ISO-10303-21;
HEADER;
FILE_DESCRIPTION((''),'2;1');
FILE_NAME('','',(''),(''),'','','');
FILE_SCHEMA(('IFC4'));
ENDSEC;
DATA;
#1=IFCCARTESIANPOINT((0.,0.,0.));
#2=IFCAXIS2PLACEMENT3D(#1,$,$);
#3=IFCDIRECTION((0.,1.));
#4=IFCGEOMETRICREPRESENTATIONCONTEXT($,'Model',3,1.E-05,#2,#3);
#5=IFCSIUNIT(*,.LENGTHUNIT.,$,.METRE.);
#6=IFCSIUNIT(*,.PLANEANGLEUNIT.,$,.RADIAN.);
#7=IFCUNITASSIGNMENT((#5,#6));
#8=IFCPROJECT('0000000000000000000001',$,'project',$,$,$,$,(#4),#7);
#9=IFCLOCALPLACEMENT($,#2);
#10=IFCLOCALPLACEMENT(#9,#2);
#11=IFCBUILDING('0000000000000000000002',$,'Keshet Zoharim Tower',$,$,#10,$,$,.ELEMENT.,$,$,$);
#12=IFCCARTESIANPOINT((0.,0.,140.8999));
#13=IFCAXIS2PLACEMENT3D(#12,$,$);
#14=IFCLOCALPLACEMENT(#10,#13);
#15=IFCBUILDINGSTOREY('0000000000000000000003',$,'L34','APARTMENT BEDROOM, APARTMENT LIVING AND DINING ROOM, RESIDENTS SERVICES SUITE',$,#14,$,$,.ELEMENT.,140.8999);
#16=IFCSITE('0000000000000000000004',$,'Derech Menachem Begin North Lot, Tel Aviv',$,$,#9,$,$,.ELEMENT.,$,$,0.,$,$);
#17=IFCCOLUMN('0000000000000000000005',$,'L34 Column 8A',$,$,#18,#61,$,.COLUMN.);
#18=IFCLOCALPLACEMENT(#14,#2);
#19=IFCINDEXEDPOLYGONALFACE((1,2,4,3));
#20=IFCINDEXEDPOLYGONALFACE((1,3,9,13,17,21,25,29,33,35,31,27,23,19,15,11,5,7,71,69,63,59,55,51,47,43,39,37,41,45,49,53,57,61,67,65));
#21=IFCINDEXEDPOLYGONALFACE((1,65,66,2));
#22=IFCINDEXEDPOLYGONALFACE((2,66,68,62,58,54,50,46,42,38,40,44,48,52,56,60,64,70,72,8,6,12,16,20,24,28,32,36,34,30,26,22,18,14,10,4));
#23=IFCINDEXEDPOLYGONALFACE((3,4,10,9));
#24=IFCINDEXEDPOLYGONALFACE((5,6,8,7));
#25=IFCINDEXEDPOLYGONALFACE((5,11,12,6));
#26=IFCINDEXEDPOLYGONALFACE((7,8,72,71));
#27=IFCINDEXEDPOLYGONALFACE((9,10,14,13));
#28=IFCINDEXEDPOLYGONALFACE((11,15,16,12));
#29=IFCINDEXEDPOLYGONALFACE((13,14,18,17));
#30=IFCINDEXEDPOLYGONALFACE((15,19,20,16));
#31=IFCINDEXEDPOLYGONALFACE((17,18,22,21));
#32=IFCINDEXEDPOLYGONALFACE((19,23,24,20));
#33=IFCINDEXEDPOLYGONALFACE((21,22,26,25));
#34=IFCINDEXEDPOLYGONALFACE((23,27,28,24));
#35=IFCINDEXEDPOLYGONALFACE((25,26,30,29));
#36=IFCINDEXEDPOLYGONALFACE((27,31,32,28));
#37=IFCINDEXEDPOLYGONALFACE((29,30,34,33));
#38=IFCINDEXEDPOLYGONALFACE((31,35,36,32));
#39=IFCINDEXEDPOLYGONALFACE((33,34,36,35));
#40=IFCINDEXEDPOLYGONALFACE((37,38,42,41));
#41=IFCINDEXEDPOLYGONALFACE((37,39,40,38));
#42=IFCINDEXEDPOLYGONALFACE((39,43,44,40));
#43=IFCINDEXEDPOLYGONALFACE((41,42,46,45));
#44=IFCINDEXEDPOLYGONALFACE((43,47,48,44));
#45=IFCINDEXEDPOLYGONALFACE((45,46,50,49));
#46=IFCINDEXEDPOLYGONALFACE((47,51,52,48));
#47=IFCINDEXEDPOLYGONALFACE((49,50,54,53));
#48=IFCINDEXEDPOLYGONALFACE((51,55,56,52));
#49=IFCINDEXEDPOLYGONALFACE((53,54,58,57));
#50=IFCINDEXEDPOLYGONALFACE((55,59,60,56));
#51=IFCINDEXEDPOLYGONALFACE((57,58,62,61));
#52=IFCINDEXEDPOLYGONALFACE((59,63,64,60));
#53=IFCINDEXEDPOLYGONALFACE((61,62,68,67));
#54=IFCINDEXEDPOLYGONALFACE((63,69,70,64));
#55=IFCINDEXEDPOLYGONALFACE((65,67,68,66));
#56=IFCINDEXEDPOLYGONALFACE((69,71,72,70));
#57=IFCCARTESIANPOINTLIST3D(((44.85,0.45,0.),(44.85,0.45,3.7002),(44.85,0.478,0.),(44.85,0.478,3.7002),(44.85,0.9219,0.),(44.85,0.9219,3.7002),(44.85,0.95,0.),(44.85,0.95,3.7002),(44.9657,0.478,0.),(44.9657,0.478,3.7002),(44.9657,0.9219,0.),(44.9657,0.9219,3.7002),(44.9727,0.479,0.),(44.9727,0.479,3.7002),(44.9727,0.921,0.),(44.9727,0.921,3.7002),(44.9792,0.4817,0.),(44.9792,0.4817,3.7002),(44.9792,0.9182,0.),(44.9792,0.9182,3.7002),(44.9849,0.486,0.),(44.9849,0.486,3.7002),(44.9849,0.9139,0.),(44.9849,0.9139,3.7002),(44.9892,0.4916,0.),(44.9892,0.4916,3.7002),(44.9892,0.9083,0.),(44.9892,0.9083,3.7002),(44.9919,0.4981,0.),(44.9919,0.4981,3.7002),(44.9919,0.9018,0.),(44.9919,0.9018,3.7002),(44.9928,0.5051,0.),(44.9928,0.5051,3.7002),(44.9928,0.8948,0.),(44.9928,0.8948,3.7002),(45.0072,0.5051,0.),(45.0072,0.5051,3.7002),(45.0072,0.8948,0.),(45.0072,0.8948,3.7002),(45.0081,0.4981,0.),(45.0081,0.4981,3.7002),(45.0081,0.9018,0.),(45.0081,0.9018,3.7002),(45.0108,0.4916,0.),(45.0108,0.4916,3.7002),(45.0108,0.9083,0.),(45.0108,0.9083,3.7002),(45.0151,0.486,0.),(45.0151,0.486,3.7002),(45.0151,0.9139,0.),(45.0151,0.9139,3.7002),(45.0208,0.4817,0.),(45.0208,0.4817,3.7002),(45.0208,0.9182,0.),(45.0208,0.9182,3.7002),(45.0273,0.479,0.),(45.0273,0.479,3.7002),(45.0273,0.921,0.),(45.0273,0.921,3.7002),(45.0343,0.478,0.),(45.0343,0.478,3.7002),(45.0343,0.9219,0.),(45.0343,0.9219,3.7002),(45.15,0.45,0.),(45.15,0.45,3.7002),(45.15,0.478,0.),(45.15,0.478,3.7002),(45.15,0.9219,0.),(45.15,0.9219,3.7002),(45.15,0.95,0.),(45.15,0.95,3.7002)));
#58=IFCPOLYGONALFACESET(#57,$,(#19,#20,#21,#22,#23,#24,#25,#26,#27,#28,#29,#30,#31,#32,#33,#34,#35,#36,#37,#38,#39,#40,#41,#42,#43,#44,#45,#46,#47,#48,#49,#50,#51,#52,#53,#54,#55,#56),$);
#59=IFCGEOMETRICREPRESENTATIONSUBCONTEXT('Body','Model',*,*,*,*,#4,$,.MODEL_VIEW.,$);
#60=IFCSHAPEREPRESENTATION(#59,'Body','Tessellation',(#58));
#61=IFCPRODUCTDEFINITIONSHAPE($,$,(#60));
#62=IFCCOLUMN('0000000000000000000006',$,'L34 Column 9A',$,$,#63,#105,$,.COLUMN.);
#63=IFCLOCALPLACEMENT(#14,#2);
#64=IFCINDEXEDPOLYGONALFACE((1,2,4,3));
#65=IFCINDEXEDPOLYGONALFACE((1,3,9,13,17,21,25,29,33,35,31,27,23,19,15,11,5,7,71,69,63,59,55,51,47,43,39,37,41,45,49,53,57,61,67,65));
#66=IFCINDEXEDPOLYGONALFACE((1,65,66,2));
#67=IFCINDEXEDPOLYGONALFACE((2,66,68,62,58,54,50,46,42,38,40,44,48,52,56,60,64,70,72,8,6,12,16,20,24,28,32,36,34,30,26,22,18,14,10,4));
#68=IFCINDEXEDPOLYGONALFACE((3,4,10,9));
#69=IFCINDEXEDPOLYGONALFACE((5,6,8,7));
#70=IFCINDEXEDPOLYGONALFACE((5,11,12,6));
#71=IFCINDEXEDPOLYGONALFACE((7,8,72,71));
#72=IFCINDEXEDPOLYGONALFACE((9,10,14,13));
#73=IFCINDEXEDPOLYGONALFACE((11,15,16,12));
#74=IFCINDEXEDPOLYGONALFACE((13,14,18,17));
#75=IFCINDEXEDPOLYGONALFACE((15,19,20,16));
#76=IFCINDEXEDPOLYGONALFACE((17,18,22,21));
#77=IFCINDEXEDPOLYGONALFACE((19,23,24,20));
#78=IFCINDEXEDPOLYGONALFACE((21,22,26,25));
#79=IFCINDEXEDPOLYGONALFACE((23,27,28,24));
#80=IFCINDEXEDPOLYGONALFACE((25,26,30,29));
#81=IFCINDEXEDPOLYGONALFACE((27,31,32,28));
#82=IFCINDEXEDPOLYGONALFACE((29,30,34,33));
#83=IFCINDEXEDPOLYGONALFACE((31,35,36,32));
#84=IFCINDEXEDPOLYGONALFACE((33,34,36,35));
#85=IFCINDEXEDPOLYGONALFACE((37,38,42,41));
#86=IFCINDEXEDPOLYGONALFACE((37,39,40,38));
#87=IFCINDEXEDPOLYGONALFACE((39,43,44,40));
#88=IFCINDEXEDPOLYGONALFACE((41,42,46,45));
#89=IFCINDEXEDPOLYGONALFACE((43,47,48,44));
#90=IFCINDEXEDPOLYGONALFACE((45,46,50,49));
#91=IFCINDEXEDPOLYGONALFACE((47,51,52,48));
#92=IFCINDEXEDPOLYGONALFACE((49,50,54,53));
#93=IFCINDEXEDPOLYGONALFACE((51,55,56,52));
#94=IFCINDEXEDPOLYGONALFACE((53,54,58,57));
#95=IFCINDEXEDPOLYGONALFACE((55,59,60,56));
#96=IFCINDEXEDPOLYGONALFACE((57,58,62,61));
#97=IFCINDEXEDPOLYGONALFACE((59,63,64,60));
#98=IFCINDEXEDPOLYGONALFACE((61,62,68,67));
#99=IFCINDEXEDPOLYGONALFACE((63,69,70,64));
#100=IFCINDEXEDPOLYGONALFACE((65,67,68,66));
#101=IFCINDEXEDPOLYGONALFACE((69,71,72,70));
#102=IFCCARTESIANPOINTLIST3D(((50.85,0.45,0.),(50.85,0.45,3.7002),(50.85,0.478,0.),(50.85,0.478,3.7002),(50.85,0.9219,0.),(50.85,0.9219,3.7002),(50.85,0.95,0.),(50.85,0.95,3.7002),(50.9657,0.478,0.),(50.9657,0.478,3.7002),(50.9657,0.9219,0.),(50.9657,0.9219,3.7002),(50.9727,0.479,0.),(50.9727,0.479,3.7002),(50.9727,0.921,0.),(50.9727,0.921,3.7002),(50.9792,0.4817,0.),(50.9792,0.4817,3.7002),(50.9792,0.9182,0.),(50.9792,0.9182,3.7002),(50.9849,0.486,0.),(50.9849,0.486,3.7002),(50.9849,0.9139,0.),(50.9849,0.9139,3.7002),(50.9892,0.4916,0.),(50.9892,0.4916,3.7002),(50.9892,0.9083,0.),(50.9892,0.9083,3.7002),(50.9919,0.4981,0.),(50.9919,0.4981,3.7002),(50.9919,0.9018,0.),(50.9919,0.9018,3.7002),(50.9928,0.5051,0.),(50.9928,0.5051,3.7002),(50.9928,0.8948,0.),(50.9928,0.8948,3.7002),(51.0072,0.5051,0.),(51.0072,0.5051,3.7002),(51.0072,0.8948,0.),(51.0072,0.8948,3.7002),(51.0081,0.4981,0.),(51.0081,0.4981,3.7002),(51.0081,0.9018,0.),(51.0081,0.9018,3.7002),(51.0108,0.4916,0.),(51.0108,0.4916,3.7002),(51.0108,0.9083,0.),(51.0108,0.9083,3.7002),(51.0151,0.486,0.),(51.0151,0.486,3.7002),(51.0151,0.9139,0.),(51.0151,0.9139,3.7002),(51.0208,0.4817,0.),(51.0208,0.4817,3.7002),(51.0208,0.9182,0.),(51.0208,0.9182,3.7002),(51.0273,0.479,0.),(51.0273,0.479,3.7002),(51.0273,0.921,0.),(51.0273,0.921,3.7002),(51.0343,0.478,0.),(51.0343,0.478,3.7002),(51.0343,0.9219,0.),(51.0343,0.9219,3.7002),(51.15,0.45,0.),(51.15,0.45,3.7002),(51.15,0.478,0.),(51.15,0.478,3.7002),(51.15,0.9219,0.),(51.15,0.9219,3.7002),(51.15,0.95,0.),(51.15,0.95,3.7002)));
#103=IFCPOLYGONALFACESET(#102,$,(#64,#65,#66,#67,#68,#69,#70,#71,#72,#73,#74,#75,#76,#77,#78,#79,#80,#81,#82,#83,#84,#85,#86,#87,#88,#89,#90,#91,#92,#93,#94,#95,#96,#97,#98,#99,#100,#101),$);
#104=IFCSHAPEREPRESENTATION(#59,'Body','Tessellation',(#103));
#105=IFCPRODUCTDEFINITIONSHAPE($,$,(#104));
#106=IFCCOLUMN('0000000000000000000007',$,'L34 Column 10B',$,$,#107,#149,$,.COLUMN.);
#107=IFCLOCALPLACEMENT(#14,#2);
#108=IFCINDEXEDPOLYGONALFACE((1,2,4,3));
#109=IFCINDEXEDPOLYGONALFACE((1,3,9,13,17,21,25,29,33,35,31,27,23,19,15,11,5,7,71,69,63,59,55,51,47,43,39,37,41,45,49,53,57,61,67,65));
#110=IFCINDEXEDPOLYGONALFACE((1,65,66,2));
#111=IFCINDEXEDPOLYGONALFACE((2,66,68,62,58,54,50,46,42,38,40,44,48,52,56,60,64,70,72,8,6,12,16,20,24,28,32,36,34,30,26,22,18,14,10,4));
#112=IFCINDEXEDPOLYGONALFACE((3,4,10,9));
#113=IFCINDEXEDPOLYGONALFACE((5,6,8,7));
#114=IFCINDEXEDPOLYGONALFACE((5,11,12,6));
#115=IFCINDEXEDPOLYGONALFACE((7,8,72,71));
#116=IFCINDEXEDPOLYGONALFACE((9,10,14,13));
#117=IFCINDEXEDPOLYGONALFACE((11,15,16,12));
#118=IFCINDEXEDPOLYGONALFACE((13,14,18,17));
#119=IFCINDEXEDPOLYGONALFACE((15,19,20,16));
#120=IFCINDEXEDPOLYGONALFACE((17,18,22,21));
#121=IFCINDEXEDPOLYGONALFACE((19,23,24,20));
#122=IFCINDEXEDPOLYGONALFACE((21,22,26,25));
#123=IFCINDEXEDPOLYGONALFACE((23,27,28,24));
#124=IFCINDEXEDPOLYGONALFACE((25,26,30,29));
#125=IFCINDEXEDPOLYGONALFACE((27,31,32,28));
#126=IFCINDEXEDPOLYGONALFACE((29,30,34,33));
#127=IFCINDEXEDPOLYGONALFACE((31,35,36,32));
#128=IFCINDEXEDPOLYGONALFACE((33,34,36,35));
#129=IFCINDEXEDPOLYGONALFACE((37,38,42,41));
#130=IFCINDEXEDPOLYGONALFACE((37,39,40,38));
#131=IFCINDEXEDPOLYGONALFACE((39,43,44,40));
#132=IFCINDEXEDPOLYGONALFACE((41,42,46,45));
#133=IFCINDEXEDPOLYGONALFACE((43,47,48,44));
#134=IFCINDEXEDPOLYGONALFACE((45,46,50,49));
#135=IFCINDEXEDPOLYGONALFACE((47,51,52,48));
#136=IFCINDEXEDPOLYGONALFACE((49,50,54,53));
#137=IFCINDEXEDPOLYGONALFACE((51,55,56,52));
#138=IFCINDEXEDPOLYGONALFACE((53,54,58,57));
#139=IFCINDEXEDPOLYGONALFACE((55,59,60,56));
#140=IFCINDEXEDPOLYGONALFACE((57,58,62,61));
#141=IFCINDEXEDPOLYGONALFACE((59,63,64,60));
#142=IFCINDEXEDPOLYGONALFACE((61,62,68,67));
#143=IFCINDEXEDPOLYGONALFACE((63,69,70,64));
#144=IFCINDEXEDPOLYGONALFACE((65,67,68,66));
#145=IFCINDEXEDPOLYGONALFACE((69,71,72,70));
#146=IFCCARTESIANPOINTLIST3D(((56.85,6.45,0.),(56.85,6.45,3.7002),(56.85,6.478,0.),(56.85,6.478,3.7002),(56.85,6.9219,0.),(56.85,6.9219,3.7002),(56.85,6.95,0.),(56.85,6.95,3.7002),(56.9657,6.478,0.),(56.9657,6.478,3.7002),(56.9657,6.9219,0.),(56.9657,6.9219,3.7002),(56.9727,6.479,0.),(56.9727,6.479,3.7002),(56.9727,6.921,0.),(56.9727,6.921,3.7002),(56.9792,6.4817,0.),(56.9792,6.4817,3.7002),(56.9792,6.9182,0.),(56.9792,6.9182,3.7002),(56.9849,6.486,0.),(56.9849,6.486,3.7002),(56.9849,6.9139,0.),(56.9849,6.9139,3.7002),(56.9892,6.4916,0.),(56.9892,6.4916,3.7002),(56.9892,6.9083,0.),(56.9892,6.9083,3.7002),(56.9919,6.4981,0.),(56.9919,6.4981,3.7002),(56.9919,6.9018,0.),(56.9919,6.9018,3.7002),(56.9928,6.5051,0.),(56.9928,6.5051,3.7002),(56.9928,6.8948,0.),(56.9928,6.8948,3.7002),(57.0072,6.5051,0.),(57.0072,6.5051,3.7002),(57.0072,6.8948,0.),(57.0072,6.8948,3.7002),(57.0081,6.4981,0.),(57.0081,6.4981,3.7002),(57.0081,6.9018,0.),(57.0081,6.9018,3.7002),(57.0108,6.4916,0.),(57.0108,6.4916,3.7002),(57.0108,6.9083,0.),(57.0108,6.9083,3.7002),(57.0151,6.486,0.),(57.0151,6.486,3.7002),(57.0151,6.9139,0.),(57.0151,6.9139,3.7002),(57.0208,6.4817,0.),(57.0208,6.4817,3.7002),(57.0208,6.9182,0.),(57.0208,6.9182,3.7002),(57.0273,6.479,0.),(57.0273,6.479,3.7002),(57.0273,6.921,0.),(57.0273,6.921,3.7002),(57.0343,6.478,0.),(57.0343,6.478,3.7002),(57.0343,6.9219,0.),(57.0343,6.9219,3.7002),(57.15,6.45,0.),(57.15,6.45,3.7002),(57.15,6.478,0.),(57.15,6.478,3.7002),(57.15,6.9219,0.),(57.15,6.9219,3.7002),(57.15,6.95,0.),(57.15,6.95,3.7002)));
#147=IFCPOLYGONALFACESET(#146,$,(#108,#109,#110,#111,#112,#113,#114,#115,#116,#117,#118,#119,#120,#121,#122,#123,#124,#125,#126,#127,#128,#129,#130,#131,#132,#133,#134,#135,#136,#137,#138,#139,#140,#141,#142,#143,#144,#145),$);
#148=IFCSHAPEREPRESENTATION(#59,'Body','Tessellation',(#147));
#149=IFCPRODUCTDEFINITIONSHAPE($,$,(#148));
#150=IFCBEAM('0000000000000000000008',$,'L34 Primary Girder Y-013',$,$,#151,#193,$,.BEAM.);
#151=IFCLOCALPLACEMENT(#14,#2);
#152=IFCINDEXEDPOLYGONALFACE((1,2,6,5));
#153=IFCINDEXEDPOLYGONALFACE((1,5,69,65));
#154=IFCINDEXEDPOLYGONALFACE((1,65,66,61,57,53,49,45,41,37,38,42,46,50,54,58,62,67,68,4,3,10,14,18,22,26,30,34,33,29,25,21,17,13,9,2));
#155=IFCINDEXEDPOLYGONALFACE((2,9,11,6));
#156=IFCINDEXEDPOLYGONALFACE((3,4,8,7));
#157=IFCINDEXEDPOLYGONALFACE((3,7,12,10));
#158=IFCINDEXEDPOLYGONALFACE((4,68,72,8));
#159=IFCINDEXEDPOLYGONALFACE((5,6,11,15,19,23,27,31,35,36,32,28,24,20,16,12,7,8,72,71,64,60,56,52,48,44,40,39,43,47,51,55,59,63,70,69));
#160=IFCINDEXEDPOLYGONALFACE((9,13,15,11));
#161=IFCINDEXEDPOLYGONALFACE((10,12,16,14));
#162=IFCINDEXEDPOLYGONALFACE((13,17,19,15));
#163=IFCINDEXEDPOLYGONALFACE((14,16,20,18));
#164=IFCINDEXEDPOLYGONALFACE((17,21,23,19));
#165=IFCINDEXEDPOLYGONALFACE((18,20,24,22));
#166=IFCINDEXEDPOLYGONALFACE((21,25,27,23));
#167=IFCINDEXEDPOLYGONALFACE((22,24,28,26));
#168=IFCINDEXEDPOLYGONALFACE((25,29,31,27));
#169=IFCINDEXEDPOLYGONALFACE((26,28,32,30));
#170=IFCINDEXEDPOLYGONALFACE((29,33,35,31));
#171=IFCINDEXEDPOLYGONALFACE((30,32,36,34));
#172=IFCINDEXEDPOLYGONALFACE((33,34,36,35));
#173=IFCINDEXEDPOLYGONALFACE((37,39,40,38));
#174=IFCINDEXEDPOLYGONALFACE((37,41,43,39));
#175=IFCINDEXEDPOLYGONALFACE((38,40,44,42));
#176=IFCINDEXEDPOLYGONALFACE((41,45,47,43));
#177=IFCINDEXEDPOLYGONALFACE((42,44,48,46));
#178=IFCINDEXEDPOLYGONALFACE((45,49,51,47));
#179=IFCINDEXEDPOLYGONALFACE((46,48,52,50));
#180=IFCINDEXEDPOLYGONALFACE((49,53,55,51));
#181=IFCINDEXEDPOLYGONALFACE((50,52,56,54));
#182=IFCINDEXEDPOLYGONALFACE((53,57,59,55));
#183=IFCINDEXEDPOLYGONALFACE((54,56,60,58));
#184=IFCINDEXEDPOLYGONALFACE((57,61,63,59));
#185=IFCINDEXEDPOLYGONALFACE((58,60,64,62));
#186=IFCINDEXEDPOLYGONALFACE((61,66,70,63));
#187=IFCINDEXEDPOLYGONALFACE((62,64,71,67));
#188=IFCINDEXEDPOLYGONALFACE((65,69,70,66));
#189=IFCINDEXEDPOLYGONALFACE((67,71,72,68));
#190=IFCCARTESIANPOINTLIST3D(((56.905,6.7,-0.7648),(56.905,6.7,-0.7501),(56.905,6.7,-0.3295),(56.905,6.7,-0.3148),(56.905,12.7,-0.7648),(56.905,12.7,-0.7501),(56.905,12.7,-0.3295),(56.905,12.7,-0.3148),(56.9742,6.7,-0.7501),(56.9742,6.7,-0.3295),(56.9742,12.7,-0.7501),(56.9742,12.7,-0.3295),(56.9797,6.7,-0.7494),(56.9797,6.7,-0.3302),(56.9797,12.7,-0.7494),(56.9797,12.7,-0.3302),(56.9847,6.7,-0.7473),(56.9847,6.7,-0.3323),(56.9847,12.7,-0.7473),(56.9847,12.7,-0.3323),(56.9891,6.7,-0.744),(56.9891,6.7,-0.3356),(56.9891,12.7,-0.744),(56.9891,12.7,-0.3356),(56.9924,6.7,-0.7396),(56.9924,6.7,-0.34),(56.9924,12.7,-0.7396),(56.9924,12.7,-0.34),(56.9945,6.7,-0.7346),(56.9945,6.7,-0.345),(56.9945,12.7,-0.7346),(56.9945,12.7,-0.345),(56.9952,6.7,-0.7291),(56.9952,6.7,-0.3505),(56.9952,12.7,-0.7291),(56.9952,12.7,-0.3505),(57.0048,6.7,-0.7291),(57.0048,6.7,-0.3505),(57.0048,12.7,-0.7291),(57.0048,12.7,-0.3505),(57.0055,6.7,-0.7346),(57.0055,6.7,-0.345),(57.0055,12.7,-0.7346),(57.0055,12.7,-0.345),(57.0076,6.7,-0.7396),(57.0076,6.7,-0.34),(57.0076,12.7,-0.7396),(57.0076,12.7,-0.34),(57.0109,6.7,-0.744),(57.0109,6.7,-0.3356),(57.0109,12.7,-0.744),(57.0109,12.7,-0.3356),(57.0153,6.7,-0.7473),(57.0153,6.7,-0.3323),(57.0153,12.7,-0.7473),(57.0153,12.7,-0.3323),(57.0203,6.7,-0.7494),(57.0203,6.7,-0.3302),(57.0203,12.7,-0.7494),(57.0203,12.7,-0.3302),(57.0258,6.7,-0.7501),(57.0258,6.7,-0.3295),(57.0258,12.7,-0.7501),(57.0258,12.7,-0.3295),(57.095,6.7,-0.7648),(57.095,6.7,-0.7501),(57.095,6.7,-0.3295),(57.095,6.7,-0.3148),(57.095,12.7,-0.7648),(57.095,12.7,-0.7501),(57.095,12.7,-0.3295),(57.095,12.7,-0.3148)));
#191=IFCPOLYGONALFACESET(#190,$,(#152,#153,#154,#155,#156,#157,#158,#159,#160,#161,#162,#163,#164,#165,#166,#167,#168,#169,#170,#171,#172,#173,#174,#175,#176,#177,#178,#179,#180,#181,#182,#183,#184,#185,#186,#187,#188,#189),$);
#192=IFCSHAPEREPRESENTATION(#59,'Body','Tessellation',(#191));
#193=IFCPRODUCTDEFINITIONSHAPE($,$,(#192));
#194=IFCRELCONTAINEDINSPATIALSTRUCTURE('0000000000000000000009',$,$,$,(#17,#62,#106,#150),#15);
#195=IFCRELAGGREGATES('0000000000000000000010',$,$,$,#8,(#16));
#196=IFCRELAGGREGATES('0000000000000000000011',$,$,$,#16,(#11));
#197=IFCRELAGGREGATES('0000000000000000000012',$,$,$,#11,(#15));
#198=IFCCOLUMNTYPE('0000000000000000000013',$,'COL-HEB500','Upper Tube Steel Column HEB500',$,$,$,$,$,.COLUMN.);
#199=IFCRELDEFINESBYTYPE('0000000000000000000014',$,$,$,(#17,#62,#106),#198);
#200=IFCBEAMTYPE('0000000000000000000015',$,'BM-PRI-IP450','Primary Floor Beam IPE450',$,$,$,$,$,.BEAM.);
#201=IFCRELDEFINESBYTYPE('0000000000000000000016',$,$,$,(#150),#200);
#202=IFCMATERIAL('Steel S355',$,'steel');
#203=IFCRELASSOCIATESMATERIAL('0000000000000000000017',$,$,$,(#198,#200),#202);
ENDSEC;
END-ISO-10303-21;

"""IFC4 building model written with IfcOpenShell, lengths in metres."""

from ifc_helpers import new_model, si_unit, direction, frame, origin, origin_2d, place, context, subcontext, project, spatial, i_section, extrude, material, material_profile, profile_set, type_object, element, save


model = new_model("IFC4")

# Units and contexts
model_context = context("Model", 3, precision=1e-05, world=origin(), true_north=direction((0.0, 1.0)))
body_context = subcontext(model_context, "Body", "Model", "MODEL_VIEW")
ifc_project = project(units=[si_unit("LENGTHUNIT", "METRE"), si_unit("PLANEANGLEUNIT", "RADIAN")], contexts=[model_context])

# Site, building, storey
site_placement = place(None, origin())
site = spatial("IfcSite", under=ifc_project, at=site_placement, Name="Derech Menachem Begin North Lot, Tel Aviv", CompositionType="ELEMENT", RefElevation=0.0)
building_placement = place(site_placement, origin())
building = spatial("IfcBuilding", under=site, at=building_placement, Name="Keshet Zoharim Tower", CompositionType="ELEMENT")
storey_placement = place(building_placement, frame((0.0, 0.0, 140.8999)))
storey = spatial("IfcBuildingStorey", under=building, at=storey_placement, Name="L34", Description="APARTMENT BEDROOM, APARTMENT LIVING AND DINING ROOM, RESIDENTS SERVICES SUITE", CompositionType="ELEMENT", Elevation=140.8999)

# Columns
ifc_material_1 = material(Name="Steel S355", Category="steel")
ifc_material_profile_1 = material_profile(ifc_material_1, i_section(OverallWidth=0.3, OverallDepth=0.5, WebThickness=0.0144, FlangeThickness=0.0281, FilletRadius=0.0271, at=origin_2d()), Name="HEB500")
ifc_profile_set_1 = profile_set([ifc_material_profile_1], Name="Steel S355")
column_type = type_object("IfcColumnType", Name="COL-HEB500", Description="Upper Tube Steel Column HEB500", PredefinedType="COLUMN", material=ifc_profile_set_1)
for number, where, z_axis, x_axis, name in (
    (1, (45.0, 0.7, 0.0), (0.0, 0.0, 1.0), (1.0, 0.0, 0.0), "L34 Column 8A"),
    (2, (51.0, 0.7, 0.0), (0.0, 0.0, 1.0), (1.0, 0.0, 0.0), "L34 Column 9A"),
    (3, (57.0, 6.7, 0.0), (0.0, 0.0, 1.0), (1.0, 0.0, 0.0), "L34 Column 10B"),
):
    element("IfcColumn", number, at=place(storey_placement, frame(where, z_axis=z_axis, x_axis=x_axis)), inside=storey, type_object=column_type, Name=name, PredefinedType="COLUMN", context=body_context, shape_type="SweptSolid", body=[
        extrude(i_section(OverallWidth=0.3, OverallDepth=0.5, WebThickness=0.0144, FlangeThickness=0.0281, FilletRadius=0.0271, at=origin_2d()), origin(), (0.0, 0.0, 1.0), 3.7002),
    ])

# Beam
ifc_material_profile_2 = material_profile(ifc_material_1, i_section(OverallWidth=0.1899, OverallDepth=0.45, WebThickness=0.0095, FlangeThickness=0.0146, FilletRadius=0.021, at=origin_2d()), Name="IPE450")
ifc_profile_set_2 = profile_set([ifc_material_profile_2], Name="Steel S355")
beam_type_1 = type_object("IfcBeamType", Name="BM-PRI-IP450", Description="Primary Floor Beam IPE450", PredefinedType="BEAM", material=ifc_profile_set_2)
beam_1_placement = place(storey_placement, frame((57.0, 6.7, -0.5398), z_axis=(0.0, 1.0, 0.0), x_axis=(-1.0, 0.0, 0.0)))
element("IfcBeam", 4, at=beam_1_placement, inside=storey, type_object=beam_type_1, Name="L34 Primary Girder Y-013", PredefinedType="BEAM", context=body_context, shape_type="SweptSolid", body=[
    extrude(i_section(OverallWidth=0.1899, OverallDepth=0.45, WebThickness=0.0095, FlangeThickness=0.0146, FilletRadius=0.021, at=origin_2d()), origin(), (0.0, 0.0, 1.0), 6.0),
])

save(model, "model.ifc")
